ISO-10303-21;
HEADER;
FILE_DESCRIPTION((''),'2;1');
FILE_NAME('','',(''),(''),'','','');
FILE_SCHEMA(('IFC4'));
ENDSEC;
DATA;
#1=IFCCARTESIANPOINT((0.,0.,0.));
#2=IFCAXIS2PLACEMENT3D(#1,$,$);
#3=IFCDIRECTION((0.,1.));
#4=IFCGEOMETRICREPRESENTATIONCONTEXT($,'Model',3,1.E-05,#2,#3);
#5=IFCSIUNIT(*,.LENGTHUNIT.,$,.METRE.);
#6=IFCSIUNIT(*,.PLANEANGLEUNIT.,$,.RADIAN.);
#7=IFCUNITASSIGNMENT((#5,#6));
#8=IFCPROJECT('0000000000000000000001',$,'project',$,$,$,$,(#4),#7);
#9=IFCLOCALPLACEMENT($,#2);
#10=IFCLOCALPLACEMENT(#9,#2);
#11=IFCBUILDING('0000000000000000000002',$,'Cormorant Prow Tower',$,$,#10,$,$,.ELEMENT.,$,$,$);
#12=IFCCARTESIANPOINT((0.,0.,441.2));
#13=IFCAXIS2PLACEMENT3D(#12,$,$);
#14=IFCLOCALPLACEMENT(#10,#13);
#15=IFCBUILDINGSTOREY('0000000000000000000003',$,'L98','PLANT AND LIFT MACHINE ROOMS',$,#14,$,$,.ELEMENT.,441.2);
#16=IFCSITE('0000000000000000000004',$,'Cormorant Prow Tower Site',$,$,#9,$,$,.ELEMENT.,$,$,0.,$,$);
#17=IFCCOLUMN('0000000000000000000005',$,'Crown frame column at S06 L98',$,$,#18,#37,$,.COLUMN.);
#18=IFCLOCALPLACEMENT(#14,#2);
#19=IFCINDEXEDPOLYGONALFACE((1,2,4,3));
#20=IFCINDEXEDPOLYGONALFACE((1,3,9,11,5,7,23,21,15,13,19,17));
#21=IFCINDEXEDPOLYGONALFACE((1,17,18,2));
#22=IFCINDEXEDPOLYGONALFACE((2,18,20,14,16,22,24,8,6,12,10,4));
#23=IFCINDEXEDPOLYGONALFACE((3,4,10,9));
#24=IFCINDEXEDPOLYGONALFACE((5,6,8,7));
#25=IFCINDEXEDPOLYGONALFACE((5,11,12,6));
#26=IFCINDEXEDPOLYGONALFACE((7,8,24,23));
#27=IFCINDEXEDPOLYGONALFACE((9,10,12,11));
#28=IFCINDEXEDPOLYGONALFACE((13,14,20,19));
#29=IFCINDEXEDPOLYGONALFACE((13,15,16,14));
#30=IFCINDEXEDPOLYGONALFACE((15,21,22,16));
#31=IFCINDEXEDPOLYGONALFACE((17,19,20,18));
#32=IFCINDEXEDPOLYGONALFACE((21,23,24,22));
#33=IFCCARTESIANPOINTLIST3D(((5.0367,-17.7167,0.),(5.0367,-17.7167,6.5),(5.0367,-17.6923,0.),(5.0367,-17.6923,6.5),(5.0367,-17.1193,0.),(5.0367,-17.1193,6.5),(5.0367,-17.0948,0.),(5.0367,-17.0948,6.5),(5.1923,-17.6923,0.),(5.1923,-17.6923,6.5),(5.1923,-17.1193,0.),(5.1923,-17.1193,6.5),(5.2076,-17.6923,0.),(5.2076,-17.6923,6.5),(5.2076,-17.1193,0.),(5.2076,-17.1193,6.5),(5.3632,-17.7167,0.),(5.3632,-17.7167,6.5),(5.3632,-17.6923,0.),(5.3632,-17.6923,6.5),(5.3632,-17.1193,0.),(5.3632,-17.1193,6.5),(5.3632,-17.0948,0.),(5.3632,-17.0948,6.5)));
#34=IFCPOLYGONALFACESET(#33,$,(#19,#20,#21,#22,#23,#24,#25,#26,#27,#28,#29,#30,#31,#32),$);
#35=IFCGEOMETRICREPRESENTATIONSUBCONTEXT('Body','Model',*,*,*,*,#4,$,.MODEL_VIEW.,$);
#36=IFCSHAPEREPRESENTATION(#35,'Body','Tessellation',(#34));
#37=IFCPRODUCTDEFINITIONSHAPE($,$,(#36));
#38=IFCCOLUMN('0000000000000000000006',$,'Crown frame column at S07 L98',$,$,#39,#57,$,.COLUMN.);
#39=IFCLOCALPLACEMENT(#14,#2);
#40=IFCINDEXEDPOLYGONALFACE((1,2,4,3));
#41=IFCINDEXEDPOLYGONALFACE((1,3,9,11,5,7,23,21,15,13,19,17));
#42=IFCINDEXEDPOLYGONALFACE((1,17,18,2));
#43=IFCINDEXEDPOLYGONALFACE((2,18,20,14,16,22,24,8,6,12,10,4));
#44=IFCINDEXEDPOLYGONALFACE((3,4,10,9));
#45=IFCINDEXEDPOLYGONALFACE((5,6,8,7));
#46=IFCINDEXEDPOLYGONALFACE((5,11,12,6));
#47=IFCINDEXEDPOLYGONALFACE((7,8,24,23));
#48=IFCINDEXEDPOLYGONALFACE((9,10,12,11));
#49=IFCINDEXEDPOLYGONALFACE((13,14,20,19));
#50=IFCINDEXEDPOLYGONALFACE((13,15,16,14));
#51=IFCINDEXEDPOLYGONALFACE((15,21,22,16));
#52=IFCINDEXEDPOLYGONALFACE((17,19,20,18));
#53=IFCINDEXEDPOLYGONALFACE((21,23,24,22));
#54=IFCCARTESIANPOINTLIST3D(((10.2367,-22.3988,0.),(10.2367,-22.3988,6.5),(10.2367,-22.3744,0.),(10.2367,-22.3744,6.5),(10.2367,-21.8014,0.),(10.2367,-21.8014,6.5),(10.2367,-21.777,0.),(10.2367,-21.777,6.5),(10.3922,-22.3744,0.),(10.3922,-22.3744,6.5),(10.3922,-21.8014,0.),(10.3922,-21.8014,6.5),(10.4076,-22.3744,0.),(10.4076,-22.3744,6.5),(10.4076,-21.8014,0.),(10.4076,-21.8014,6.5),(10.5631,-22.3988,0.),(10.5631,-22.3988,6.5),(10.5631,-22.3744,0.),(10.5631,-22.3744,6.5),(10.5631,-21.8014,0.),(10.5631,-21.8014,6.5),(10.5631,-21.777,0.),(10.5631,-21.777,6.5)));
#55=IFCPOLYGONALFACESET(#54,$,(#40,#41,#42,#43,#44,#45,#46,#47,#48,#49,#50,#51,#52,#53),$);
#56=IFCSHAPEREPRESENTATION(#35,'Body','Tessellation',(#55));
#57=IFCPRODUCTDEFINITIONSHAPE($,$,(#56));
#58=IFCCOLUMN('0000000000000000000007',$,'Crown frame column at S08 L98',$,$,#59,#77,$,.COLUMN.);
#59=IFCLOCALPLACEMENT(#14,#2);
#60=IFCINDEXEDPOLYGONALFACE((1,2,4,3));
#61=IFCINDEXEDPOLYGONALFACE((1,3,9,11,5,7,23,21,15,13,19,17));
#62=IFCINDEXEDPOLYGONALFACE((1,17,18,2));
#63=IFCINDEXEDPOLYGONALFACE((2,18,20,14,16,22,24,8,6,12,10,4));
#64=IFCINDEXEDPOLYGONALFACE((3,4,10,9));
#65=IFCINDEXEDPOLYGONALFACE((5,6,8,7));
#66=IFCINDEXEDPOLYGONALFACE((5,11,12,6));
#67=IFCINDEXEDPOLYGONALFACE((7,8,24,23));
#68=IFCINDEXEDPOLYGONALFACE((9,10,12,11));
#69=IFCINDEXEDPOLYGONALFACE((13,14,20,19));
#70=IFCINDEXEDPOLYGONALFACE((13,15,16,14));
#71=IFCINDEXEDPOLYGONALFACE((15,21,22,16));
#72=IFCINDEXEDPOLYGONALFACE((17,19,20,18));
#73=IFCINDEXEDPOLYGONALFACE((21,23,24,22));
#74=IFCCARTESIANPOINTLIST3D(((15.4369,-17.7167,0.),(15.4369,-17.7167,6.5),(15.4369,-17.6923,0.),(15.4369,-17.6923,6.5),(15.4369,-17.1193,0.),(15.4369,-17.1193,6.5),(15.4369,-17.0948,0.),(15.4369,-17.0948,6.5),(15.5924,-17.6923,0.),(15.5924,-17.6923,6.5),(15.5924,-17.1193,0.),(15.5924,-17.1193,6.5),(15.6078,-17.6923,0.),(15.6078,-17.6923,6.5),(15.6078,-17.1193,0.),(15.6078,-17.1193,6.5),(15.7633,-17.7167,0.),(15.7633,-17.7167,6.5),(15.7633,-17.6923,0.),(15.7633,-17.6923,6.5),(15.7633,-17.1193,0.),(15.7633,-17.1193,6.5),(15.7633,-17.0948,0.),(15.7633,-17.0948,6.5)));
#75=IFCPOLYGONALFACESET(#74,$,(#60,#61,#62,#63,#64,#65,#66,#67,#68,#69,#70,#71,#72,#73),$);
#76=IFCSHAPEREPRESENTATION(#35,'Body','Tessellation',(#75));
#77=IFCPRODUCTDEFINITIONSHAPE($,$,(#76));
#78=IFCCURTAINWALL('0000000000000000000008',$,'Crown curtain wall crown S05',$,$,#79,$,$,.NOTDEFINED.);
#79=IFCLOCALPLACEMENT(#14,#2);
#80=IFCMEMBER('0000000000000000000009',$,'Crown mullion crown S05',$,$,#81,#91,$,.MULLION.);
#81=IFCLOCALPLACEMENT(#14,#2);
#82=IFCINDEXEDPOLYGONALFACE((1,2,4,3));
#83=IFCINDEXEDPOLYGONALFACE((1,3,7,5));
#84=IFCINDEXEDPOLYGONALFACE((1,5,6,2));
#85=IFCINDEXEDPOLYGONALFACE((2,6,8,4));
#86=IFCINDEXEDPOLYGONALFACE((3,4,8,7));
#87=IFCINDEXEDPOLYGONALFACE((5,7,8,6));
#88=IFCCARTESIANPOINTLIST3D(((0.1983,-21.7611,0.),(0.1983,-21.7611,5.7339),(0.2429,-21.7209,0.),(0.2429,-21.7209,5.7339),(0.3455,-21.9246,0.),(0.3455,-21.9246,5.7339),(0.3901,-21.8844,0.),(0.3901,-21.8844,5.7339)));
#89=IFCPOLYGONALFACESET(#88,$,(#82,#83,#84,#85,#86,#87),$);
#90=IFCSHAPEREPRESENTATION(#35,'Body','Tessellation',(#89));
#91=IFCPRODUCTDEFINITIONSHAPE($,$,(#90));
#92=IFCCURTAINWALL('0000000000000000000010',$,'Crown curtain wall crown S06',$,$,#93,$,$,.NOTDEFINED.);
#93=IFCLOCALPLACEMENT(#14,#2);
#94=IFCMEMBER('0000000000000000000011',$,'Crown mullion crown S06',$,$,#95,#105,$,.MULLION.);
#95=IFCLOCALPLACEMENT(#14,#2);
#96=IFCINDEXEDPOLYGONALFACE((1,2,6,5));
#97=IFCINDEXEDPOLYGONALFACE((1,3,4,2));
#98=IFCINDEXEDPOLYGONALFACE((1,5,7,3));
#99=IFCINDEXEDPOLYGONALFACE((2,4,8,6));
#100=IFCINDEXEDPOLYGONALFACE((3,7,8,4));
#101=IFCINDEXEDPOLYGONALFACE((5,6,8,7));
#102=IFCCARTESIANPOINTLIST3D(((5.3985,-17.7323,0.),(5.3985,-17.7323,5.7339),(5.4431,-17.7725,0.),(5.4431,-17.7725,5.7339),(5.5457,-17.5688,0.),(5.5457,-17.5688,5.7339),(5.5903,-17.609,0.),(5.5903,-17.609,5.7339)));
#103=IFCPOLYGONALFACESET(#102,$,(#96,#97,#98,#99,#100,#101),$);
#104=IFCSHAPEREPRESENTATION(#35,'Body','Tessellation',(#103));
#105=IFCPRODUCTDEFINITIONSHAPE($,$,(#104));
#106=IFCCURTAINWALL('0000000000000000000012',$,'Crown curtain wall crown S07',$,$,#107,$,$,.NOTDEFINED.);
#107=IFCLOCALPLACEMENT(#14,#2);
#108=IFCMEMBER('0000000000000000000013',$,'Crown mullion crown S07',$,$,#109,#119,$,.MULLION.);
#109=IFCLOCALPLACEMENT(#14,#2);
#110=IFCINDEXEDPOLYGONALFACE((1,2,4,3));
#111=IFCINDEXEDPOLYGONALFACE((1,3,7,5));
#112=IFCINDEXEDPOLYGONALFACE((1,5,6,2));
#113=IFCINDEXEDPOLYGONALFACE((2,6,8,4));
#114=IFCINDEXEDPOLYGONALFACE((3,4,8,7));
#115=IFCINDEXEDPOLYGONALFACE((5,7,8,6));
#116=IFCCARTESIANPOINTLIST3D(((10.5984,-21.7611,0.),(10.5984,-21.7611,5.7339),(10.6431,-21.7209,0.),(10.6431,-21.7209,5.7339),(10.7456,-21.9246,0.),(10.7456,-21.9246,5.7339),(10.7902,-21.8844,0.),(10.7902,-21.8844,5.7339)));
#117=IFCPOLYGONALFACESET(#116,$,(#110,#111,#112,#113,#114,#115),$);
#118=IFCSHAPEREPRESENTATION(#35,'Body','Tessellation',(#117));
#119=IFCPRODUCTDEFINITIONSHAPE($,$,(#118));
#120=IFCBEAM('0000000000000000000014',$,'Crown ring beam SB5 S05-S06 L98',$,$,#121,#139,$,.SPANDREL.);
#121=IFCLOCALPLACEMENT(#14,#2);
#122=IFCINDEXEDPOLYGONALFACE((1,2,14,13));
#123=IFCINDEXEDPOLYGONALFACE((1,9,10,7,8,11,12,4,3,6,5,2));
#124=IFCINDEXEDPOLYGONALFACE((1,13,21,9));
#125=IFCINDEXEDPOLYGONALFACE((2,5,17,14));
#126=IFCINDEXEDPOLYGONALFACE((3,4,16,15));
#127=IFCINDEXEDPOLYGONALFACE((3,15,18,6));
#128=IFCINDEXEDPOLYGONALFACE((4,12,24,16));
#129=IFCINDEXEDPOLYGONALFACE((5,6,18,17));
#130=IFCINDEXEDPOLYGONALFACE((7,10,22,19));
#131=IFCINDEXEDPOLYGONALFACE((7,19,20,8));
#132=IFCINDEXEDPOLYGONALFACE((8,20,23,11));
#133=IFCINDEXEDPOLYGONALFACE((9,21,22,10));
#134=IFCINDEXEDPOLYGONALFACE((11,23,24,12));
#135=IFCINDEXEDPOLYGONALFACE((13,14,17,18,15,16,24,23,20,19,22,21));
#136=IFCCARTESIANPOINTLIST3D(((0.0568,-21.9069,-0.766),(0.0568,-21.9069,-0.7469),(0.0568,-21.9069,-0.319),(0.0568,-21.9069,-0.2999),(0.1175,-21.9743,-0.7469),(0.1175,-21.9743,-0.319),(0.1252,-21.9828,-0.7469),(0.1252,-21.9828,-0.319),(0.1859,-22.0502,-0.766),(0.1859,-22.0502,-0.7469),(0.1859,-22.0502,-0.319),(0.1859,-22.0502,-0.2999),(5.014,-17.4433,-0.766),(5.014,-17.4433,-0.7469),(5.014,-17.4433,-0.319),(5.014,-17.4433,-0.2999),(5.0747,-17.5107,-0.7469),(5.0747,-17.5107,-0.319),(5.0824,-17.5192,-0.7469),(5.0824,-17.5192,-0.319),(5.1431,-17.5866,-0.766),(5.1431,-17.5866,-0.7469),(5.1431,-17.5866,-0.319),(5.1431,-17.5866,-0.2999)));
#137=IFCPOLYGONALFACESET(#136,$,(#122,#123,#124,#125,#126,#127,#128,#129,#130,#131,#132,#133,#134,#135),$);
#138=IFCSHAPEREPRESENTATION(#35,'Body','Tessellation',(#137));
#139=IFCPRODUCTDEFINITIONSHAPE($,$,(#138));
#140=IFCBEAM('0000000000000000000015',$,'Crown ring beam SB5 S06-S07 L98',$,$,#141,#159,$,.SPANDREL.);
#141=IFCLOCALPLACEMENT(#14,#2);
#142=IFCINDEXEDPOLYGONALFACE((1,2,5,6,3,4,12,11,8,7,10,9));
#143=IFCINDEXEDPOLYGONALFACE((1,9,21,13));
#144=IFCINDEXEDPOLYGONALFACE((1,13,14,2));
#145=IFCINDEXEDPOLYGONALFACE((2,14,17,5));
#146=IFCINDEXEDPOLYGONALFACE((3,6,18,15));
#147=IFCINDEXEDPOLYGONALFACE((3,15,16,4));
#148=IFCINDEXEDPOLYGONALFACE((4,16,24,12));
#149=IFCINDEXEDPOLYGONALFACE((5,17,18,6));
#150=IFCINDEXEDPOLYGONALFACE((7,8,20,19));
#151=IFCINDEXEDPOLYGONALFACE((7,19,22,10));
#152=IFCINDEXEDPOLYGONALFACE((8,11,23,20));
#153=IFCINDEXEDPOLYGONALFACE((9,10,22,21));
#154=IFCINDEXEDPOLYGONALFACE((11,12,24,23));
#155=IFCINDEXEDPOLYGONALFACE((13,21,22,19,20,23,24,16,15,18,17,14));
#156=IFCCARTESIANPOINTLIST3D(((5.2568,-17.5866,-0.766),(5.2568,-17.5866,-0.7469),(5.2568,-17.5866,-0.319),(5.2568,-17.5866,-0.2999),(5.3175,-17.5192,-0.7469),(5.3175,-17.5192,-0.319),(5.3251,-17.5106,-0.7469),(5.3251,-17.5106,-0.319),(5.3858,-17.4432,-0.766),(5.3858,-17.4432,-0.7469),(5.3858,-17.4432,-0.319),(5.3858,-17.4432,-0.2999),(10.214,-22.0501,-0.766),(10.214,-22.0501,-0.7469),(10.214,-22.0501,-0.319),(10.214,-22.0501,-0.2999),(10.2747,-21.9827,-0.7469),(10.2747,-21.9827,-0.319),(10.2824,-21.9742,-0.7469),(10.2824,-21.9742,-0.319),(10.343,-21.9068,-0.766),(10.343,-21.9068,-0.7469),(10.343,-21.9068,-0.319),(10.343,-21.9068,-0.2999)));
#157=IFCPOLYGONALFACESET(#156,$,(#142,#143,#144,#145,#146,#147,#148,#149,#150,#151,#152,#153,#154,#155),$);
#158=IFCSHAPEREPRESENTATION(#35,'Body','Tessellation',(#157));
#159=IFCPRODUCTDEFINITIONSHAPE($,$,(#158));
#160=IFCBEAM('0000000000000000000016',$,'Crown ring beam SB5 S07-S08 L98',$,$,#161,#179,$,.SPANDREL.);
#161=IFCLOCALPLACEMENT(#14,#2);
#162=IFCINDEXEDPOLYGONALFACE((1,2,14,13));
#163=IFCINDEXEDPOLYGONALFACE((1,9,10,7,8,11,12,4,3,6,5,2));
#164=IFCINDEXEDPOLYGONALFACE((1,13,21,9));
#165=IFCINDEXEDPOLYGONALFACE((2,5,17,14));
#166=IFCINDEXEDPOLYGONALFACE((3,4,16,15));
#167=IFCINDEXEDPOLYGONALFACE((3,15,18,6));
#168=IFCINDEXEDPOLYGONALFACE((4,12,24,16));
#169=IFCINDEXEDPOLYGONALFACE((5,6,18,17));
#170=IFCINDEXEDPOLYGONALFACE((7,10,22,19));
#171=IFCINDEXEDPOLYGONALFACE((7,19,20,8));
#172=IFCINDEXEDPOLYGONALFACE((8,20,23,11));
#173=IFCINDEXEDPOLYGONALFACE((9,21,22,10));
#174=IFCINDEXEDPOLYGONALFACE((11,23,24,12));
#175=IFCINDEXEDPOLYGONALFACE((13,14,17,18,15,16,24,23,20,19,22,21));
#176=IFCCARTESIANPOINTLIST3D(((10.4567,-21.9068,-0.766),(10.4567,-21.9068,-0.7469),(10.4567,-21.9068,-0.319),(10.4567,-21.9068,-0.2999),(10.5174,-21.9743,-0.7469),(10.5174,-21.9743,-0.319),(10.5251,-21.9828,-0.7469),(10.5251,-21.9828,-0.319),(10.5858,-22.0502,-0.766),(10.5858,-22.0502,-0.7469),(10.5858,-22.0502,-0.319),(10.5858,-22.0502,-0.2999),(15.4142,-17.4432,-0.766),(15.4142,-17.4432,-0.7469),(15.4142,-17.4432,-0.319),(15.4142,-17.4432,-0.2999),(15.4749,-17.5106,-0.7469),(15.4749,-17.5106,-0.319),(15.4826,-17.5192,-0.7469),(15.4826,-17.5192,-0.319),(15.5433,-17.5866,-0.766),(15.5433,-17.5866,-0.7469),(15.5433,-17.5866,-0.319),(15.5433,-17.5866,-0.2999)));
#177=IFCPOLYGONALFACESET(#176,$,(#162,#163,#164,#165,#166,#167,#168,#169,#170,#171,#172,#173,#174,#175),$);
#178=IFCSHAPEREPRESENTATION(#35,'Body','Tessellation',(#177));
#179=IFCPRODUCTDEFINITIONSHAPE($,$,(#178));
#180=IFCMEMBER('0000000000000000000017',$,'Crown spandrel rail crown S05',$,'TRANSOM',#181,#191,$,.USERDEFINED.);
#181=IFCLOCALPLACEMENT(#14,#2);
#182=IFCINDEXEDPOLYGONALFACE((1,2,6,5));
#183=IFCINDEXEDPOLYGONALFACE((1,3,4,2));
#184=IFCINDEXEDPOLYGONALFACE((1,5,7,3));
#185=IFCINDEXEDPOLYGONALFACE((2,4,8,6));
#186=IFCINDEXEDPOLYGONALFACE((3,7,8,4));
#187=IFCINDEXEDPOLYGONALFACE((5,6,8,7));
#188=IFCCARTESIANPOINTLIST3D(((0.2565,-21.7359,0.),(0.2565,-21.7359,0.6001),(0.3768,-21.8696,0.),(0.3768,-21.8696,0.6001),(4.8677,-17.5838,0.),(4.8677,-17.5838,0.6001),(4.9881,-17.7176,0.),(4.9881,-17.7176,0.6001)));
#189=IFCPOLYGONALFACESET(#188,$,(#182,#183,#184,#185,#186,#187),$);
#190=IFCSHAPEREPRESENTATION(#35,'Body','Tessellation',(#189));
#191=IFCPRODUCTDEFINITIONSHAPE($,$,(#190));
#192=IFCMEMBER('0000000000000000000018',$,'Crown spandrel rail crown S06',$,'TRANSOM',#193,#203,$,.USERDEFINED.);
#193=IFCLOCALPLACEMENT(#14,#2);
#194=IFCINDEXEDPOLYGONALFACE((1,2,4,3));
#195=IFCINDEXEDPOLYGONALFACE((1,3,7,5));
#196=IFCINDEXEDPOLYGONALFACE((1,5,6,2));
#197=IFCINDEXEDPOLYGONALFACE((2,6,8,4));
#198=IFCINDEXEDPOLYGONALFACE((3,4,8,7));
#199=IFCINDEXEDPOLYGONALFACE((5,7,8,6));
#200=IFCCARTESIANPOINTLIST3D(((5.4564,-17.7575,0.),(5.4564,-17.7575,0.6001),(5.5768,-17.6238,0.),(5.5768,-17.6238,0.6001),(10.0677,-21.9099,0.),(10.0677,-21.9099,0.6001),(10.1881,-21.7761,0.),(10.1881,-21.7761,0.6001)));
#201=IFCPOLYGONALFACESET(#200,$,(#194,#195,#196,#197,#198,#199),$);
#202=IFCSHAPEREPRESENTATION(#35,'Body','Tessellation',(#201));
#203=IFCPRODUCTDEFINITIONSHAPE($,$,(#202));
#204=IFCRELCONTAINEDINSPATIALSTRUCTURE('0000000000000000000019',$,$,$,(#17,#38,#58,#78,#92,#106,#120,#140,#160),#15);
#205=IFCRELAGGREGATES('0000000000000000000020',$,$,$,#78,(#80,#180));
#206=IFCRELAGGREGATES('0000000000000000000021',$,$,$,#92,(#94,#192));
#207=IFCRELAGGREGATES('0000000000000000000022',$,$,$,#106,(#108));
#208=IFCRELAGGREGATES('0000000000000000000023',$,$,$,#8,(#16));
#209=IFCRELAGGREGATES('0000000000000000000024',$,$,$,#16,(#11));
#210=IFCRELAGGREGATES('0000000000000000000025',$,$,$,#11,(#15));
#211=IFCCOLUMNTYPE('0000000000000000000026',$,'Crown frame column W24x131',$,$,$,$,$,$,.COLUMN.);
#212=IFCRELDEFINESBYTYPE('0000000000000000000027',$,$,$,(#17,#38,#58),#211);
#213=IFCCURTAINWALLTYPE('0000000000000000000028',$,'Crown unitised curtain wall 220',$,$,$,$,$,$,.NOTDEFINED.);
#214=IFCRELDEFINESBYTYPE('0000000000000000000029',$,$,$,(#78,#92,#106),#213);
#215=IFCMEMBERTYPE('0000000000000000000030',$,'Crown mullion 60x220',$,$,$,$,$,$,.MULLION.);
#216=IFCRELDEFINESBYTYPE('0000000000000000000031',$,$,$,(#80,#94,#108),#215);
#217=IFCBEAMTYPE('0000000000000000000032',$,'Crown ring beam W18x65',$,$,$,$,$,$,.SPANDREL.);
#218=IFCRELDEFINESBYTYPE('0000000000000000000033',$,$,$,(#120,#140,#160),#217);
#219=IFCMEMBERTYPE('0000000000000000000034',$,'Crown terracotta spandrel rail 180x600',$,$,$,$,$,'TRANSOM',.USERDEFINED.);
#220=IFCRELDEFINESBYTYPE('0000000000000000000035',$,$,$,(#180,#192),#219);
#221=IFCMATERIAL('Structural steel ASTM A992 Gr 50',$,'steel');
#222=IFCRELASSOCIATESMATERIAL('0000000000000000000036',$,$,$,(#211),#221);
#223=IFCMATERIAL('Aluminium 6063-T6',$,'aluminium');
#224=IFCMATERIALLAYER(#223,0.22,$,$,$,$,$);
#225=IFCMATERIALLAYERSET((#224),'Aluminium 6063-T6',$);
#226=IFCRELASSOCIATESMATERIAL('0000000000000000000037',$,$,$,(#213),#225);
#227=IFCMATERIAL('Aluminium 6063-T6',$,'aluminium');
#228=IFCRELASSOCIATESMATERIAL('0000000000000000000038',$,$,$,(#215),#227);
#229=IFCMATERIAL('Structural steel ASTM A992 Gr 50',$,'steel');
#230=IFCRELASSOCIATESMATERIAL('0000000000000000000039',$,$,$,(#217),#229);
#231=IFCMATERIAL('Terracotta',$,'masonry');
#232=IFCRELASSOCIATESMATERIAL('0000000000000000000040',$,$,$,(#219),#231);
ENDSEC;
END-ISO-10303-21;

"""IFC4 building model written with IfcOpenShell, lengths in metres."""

from ifc_helpers import new_model, si_unit, direction, frame, origin, origin_2d, place, context, subcontext, project, spatial, rectangle, i_section, extrude, material, layer, layer_set, material_profile, profile_set, type_object, element, aggregate, save


model = new_model("IFC4")

# Units and contexts
model_context = context("Model", 3, precision=1e-05, world=origin(), true_north=direction((0.0, 1.0)))
body_context = subcontext(model_context, "Body", "Model", "MODEL_VIEW")
ifc_project = project(units=[si_unit("LENGTHUNIT", "METRE"), si_unit("PLANEANGLEUNIT", "RADIAN")], contexts=[model_context])

# Site, building, storey
site_placement = place(None, origin())
site = spatial("IfcSite", under=ifc_project, at=site_placement, Name="Cormorant Prow Tower Site", CompositionType="ELEMENT", RefElevation=0.0)
building_placement = place(site_placement, origin())
building = spatial("IfcBuilding", under=site, at=building_placement, Name="Cormorant Prow Tower", CompositionType="ELEMENT")
storey_placement = place(building_placement, frame((0.0, 0.0, 441.2)))
storey = spatial("IfcBuildingStorey", under=building, at=storey_placement, Name="L98", Description="PLANT AND LIFT MACHINE ROOMS", CompositionType="ELEMENT", Elevation=441.2)

# Columns
ifc_material_1 = material(Name="Structural steel ASTM A992 Gr 50", Category="steel")
ifc_material_profile_1 = material_profile(ifc_material_1, i_section(OverallWidth=0.3264, OverallDepth=0.6218, WebThickness=0.0154, FlangeThickness=0.0244, at=origin_2d()), Name="W24x131")
ifc_profile_set_1 = profile_set([ifc_material_profile_1], Name="Structural steel ASTM A992 Gr 50")
column_type = type_object("IfcColumnType", Name="Crown frame column W24x131", PredefinedType="COLUMN", material=ifc_profile_set_1)
for number, where, z_axis, x_axis, name in (
    (1, (5.2, -17.4058, 0.0), (0.0, 0.0, 1.0), (1.0, 0.0, 0.0), "Crown frame column at S06 L98"),
    (2, (10.3999, -22.0879, 0.0), (0.0, 0.0, 1.0), (1.0, 0.0, 0.0), "Crown frame column at S07 L98"),
    (3, (15.6001, -17.4058, 0.0), (0.0, 0.0, 1.0), (1.0, 0.0, 0.0), "Crown frame column at S08 L98"),
):
    element("IfcColumn", number, at=place(storey_placement, frame(where, z_axis=z_axis, x_axis=x_axis)), inside=storey, type_object=column_type, Name=name, PredefinedType="COLUMN", context=body_context, shape_type="SweptSolid", body=[
        extrude(i_section(OverallWidth=0.3264, OverallDepth=0.6218, WebThickness=0.0154, FlangeThickness=0.0244, at=origin_2d()), origin(), (0.0, 0.0, 1.0), 6.5),
    ])

# Curtain walls, members
ifc_material_2 = material(Name="Aluminium 6063-T6", Category="aluminium")
ifc_layer_1 = layer(ifc_material_2, 0.22)
ifc_layer_set_1 = layer_set([ifc_layer_1], Name="Aluminium 6063-T6")
curtain_wall_type = type_object("IfcCurtainWallType", Name="Crown unitised curtain wall 220", PredefinedType="NOTDEFINED", material=ifc_layer_set_1)
curtain_wall_1_placement = place(storey_placement, origin())
curtain_wall_1 = element("IfcCurtainWall", 4, at=curtain_wall_1_placement, inside=storey, type_object=curtain_wall_type, Name="Crown curtain wall crown S05", PredefinedType="NOTDEFINED")
ifc_material_3 = material(Name="Aluminium 6063-T6", Category="aluminium")
ifc_material_profile_2 = material_profile(ifc_material_3, rectangle(XDim=0.22, YDim=0.0601, at=origin_2d()), Name="Crown mullion 60x220")
ifc_profile_set_2 = profile_set([ifc_material_profile_2], Name="Aluminium 6063-T6")
member_type_1 = type_object("IfcMemberType", Name="Crown mullion 60x220", PredefinedType="MULLION", material=ifc_profile_set_2)
member_1_placement = place(storey_placement, frame((0.2942, -21.8228, 0.0), z_axis=(0.0, 0.0, 1.0), x_axis=(-0.669131, 0.743145, 0.0)))
member_1 = element("IfcMember", 5, at=member_1_placement, type_object=member_type_1, Name="Crown mullion crown S05", PredefinedType="MULLION", context=body_context, shape_type="SweptSolid", body=[
    extrude(rectangle(XDim=0.22, YDim=0.0601, at=origin_2d()), origin(), (0.0, 0.0, 1.0), 5.7339),
])
curtain_wall_2_placement = place(storey_placement, origin())
curtain_wall_2 = element("IfcCurtainWall", 6, at=curtain_wall_2_placement, inside=storey, type_object=curtain_wall_type, Name="Crown curtain wall crown S06", PredefinedType="NOTDEFINED")
member_2_placement = place(storey_placement, frame((5.4944, -17.6707, 0.0), z_axis=(0.0, 0.0, 1.0), x_axis=(0.669131, 0.743145, 0.0)))
member_2 = element("IfcMember", 7, at=member_2_placement, type_object=member_type_1, Name="Crown mullion crown S06", PredefinedType="MULLION", context=body_context, shape_type="SweptSolid", body=[
    extrude(rectangle(XDim=0.22, YDim=0.0601, at=origin_2d()), origin(), (0.0, 0.0, 1.0), 5.7339),
])
curtain_wall_3_placement = place(storey_placement, origin())
curtain_wall_3 = element("IfcCurtainWall", 8, at=curtain_wall_3_placement, inside=storey, type_object=curtain_wall_type, Name="Crown curtain wall crown S07", PredefinedType="NOTDEFINED")
member_3_placement = place(storey_placement, frame((10.6943, -21.8228, 0.0), z_axis=(0.0, 0.0, 1.0), x_axis=(-0.669131, 0.743145, 0.0)))
member_3 = element("IfcMember", 9, at=member_3_placement, type_object=member_type_1, Name="Crown mullion crown S07", PredefinedType="MULLION", context=body_context, shape_type="SweptSolid", body=[
    extrude(rectangle(XDim=0.22, YDim=0.0601, at=origin_2d()), origin(), (0.0, 0.0, 1.0), 5.7339),
])

# Beams
ifc_material_4 = material(Name="Structural steel ASTM A992 Gr 50", Category="steel")
ifc_material_profile_3 = material_profile(ifc_material_4, i_section(OverallWidth=0.1929, OverallDepth=0.4661, WebThickness=0.0115, FlangeThickness=0.019, at=origin_2d()), Name="W18x65")
ifc_profile_set_3 = profile_set([ifc_material_profile_3], Name="Structural steel ASTM A992 Gr 50")
beam_type = type_object("IfcBeamType", Name="Crown ring beam W18x65", PredefinedType="SPANDREL", material=ifc_profile_set_3)
for number, where, z_axis, x_axis, name in (
    (10, (0.1213, -21.9785, -0.533), (0.743139, 0.669137, 0.0), (-0.669137, 0.743139, 0.0), "Crown ring beam SB5 S05-S06 L98"),
    (11, (5.3213, -17.5149, -0.533), (0.743139, -0.669137, 0.0), (0.669137, 0.743139, 0.0), "Crown ring beam SB5 S06-S07 L98"),
):
    element("IfcBeam", number, at=place(storey_placement, frame(where, z_axis=z_axis, x_axis=x_axis)), inside=storey, type_object=beam_type, Name=name, PredefinedType="SPANDREL", context=body_context, shape_type="SweptSolid", body=[
        extrude(i_section(OverallWidth=0.1929, OverallDepth=0.4661, WebThickness=0.0115, FlangeThickness=0.019, at=origin_2d()), origin(), (0.0, 0.0, 1.0), 6.6707),
    ])
beam_placement = place(storey_placement, frame((10.5212, -21.9785, -0.533), z_axis=(0.743156, 0.669118, 0.0), x_axis=(-0.669118, 0.743156, 0.0)))
element("IfcBeam", 12, at=beam_placement, inside=storey, type_object=beam_type, Name="Crown ring beam SB5 S07-S08 L98", PredefinedType="SPANDREL", context=body_context, shape_type="SweptSolid", body=[
    extrude(i_section(OverallWidth=0.1929, OverallDepth=0.4661, WebThickness=0.0115, FlangeThickness=0.019, at=origin_2d()), origin(), (0.0, 0.0, 1.0), 6.6709),
])

# Members
ifc_material_5 = material(Name="Terracotta", Category="masonry")
ifc_material_profile_4 = material_profile(ifc_material_5, rectangle(XDim=0.1799, YDim=0.6001, at=origin_2d()), Name="Crown terracotta spandrel rail 180x600")
ifc_profile_set_4 = profile_set([ifc_material_profile_4], Name="Terracotta")
member_type_2 = type_object("IfcMemberType", Name="Crown terracotta spandrel rail 180x600", ElementType="TRANSOM", PredefinedType="USERDEFINED", material=ifc_profile_set_4)
member_4_placement = place(storey_placement, frame((0.3167, -21.8027, 0.3), z_axis=(0.743142, 0.669134, 0.0), x_axis=(-0.669134, 0.743142, 0.0)))
member_4 = element("IfcMember", 13, at=member_4_placement, type_object=member_type_2, Name="Crown spandrel rail crown S05", ObjectType="TRANSOM", PredefinedType="USERDEFINED", context=body_context, shape_type="SweptSolid", body=[
    extrude(rectangle(XDim=0.1799, YDim=0.6001, at=origin_2d()), origin(), (0.0, 0.0, 1.0), 6.2051),
])
member_5_placement = place(storey_placement, frame((5.5166, -17.6907, 0.3), z_axis=(0.743122, -0.669156, 0.0), x_axis=(0.669156, 0.743122, 0.0)))
member_5 = element("IfcMember", 14, at=member_5_placement, type_object=member_type_2, Name="Crown spandrel rail crown S06", ObjectType="TRANSOM", PredefinedType="USERDEFINED", context=body_context, shape_type="SweptSolid", body=[
    extrude(rectangle(XDim=0.1799, YDim=0.6001, at=origin_2d()), origin(), (0.0, 0.0, 1.0), 6.2053),
])

aggregate(curtain_wall_1, [member_1, member_4])
aggregate(curtain_wall_2, [member_2, member_5])
aggregate(curtain_wall_3, [member_3])

save(model, "model.ifc")
